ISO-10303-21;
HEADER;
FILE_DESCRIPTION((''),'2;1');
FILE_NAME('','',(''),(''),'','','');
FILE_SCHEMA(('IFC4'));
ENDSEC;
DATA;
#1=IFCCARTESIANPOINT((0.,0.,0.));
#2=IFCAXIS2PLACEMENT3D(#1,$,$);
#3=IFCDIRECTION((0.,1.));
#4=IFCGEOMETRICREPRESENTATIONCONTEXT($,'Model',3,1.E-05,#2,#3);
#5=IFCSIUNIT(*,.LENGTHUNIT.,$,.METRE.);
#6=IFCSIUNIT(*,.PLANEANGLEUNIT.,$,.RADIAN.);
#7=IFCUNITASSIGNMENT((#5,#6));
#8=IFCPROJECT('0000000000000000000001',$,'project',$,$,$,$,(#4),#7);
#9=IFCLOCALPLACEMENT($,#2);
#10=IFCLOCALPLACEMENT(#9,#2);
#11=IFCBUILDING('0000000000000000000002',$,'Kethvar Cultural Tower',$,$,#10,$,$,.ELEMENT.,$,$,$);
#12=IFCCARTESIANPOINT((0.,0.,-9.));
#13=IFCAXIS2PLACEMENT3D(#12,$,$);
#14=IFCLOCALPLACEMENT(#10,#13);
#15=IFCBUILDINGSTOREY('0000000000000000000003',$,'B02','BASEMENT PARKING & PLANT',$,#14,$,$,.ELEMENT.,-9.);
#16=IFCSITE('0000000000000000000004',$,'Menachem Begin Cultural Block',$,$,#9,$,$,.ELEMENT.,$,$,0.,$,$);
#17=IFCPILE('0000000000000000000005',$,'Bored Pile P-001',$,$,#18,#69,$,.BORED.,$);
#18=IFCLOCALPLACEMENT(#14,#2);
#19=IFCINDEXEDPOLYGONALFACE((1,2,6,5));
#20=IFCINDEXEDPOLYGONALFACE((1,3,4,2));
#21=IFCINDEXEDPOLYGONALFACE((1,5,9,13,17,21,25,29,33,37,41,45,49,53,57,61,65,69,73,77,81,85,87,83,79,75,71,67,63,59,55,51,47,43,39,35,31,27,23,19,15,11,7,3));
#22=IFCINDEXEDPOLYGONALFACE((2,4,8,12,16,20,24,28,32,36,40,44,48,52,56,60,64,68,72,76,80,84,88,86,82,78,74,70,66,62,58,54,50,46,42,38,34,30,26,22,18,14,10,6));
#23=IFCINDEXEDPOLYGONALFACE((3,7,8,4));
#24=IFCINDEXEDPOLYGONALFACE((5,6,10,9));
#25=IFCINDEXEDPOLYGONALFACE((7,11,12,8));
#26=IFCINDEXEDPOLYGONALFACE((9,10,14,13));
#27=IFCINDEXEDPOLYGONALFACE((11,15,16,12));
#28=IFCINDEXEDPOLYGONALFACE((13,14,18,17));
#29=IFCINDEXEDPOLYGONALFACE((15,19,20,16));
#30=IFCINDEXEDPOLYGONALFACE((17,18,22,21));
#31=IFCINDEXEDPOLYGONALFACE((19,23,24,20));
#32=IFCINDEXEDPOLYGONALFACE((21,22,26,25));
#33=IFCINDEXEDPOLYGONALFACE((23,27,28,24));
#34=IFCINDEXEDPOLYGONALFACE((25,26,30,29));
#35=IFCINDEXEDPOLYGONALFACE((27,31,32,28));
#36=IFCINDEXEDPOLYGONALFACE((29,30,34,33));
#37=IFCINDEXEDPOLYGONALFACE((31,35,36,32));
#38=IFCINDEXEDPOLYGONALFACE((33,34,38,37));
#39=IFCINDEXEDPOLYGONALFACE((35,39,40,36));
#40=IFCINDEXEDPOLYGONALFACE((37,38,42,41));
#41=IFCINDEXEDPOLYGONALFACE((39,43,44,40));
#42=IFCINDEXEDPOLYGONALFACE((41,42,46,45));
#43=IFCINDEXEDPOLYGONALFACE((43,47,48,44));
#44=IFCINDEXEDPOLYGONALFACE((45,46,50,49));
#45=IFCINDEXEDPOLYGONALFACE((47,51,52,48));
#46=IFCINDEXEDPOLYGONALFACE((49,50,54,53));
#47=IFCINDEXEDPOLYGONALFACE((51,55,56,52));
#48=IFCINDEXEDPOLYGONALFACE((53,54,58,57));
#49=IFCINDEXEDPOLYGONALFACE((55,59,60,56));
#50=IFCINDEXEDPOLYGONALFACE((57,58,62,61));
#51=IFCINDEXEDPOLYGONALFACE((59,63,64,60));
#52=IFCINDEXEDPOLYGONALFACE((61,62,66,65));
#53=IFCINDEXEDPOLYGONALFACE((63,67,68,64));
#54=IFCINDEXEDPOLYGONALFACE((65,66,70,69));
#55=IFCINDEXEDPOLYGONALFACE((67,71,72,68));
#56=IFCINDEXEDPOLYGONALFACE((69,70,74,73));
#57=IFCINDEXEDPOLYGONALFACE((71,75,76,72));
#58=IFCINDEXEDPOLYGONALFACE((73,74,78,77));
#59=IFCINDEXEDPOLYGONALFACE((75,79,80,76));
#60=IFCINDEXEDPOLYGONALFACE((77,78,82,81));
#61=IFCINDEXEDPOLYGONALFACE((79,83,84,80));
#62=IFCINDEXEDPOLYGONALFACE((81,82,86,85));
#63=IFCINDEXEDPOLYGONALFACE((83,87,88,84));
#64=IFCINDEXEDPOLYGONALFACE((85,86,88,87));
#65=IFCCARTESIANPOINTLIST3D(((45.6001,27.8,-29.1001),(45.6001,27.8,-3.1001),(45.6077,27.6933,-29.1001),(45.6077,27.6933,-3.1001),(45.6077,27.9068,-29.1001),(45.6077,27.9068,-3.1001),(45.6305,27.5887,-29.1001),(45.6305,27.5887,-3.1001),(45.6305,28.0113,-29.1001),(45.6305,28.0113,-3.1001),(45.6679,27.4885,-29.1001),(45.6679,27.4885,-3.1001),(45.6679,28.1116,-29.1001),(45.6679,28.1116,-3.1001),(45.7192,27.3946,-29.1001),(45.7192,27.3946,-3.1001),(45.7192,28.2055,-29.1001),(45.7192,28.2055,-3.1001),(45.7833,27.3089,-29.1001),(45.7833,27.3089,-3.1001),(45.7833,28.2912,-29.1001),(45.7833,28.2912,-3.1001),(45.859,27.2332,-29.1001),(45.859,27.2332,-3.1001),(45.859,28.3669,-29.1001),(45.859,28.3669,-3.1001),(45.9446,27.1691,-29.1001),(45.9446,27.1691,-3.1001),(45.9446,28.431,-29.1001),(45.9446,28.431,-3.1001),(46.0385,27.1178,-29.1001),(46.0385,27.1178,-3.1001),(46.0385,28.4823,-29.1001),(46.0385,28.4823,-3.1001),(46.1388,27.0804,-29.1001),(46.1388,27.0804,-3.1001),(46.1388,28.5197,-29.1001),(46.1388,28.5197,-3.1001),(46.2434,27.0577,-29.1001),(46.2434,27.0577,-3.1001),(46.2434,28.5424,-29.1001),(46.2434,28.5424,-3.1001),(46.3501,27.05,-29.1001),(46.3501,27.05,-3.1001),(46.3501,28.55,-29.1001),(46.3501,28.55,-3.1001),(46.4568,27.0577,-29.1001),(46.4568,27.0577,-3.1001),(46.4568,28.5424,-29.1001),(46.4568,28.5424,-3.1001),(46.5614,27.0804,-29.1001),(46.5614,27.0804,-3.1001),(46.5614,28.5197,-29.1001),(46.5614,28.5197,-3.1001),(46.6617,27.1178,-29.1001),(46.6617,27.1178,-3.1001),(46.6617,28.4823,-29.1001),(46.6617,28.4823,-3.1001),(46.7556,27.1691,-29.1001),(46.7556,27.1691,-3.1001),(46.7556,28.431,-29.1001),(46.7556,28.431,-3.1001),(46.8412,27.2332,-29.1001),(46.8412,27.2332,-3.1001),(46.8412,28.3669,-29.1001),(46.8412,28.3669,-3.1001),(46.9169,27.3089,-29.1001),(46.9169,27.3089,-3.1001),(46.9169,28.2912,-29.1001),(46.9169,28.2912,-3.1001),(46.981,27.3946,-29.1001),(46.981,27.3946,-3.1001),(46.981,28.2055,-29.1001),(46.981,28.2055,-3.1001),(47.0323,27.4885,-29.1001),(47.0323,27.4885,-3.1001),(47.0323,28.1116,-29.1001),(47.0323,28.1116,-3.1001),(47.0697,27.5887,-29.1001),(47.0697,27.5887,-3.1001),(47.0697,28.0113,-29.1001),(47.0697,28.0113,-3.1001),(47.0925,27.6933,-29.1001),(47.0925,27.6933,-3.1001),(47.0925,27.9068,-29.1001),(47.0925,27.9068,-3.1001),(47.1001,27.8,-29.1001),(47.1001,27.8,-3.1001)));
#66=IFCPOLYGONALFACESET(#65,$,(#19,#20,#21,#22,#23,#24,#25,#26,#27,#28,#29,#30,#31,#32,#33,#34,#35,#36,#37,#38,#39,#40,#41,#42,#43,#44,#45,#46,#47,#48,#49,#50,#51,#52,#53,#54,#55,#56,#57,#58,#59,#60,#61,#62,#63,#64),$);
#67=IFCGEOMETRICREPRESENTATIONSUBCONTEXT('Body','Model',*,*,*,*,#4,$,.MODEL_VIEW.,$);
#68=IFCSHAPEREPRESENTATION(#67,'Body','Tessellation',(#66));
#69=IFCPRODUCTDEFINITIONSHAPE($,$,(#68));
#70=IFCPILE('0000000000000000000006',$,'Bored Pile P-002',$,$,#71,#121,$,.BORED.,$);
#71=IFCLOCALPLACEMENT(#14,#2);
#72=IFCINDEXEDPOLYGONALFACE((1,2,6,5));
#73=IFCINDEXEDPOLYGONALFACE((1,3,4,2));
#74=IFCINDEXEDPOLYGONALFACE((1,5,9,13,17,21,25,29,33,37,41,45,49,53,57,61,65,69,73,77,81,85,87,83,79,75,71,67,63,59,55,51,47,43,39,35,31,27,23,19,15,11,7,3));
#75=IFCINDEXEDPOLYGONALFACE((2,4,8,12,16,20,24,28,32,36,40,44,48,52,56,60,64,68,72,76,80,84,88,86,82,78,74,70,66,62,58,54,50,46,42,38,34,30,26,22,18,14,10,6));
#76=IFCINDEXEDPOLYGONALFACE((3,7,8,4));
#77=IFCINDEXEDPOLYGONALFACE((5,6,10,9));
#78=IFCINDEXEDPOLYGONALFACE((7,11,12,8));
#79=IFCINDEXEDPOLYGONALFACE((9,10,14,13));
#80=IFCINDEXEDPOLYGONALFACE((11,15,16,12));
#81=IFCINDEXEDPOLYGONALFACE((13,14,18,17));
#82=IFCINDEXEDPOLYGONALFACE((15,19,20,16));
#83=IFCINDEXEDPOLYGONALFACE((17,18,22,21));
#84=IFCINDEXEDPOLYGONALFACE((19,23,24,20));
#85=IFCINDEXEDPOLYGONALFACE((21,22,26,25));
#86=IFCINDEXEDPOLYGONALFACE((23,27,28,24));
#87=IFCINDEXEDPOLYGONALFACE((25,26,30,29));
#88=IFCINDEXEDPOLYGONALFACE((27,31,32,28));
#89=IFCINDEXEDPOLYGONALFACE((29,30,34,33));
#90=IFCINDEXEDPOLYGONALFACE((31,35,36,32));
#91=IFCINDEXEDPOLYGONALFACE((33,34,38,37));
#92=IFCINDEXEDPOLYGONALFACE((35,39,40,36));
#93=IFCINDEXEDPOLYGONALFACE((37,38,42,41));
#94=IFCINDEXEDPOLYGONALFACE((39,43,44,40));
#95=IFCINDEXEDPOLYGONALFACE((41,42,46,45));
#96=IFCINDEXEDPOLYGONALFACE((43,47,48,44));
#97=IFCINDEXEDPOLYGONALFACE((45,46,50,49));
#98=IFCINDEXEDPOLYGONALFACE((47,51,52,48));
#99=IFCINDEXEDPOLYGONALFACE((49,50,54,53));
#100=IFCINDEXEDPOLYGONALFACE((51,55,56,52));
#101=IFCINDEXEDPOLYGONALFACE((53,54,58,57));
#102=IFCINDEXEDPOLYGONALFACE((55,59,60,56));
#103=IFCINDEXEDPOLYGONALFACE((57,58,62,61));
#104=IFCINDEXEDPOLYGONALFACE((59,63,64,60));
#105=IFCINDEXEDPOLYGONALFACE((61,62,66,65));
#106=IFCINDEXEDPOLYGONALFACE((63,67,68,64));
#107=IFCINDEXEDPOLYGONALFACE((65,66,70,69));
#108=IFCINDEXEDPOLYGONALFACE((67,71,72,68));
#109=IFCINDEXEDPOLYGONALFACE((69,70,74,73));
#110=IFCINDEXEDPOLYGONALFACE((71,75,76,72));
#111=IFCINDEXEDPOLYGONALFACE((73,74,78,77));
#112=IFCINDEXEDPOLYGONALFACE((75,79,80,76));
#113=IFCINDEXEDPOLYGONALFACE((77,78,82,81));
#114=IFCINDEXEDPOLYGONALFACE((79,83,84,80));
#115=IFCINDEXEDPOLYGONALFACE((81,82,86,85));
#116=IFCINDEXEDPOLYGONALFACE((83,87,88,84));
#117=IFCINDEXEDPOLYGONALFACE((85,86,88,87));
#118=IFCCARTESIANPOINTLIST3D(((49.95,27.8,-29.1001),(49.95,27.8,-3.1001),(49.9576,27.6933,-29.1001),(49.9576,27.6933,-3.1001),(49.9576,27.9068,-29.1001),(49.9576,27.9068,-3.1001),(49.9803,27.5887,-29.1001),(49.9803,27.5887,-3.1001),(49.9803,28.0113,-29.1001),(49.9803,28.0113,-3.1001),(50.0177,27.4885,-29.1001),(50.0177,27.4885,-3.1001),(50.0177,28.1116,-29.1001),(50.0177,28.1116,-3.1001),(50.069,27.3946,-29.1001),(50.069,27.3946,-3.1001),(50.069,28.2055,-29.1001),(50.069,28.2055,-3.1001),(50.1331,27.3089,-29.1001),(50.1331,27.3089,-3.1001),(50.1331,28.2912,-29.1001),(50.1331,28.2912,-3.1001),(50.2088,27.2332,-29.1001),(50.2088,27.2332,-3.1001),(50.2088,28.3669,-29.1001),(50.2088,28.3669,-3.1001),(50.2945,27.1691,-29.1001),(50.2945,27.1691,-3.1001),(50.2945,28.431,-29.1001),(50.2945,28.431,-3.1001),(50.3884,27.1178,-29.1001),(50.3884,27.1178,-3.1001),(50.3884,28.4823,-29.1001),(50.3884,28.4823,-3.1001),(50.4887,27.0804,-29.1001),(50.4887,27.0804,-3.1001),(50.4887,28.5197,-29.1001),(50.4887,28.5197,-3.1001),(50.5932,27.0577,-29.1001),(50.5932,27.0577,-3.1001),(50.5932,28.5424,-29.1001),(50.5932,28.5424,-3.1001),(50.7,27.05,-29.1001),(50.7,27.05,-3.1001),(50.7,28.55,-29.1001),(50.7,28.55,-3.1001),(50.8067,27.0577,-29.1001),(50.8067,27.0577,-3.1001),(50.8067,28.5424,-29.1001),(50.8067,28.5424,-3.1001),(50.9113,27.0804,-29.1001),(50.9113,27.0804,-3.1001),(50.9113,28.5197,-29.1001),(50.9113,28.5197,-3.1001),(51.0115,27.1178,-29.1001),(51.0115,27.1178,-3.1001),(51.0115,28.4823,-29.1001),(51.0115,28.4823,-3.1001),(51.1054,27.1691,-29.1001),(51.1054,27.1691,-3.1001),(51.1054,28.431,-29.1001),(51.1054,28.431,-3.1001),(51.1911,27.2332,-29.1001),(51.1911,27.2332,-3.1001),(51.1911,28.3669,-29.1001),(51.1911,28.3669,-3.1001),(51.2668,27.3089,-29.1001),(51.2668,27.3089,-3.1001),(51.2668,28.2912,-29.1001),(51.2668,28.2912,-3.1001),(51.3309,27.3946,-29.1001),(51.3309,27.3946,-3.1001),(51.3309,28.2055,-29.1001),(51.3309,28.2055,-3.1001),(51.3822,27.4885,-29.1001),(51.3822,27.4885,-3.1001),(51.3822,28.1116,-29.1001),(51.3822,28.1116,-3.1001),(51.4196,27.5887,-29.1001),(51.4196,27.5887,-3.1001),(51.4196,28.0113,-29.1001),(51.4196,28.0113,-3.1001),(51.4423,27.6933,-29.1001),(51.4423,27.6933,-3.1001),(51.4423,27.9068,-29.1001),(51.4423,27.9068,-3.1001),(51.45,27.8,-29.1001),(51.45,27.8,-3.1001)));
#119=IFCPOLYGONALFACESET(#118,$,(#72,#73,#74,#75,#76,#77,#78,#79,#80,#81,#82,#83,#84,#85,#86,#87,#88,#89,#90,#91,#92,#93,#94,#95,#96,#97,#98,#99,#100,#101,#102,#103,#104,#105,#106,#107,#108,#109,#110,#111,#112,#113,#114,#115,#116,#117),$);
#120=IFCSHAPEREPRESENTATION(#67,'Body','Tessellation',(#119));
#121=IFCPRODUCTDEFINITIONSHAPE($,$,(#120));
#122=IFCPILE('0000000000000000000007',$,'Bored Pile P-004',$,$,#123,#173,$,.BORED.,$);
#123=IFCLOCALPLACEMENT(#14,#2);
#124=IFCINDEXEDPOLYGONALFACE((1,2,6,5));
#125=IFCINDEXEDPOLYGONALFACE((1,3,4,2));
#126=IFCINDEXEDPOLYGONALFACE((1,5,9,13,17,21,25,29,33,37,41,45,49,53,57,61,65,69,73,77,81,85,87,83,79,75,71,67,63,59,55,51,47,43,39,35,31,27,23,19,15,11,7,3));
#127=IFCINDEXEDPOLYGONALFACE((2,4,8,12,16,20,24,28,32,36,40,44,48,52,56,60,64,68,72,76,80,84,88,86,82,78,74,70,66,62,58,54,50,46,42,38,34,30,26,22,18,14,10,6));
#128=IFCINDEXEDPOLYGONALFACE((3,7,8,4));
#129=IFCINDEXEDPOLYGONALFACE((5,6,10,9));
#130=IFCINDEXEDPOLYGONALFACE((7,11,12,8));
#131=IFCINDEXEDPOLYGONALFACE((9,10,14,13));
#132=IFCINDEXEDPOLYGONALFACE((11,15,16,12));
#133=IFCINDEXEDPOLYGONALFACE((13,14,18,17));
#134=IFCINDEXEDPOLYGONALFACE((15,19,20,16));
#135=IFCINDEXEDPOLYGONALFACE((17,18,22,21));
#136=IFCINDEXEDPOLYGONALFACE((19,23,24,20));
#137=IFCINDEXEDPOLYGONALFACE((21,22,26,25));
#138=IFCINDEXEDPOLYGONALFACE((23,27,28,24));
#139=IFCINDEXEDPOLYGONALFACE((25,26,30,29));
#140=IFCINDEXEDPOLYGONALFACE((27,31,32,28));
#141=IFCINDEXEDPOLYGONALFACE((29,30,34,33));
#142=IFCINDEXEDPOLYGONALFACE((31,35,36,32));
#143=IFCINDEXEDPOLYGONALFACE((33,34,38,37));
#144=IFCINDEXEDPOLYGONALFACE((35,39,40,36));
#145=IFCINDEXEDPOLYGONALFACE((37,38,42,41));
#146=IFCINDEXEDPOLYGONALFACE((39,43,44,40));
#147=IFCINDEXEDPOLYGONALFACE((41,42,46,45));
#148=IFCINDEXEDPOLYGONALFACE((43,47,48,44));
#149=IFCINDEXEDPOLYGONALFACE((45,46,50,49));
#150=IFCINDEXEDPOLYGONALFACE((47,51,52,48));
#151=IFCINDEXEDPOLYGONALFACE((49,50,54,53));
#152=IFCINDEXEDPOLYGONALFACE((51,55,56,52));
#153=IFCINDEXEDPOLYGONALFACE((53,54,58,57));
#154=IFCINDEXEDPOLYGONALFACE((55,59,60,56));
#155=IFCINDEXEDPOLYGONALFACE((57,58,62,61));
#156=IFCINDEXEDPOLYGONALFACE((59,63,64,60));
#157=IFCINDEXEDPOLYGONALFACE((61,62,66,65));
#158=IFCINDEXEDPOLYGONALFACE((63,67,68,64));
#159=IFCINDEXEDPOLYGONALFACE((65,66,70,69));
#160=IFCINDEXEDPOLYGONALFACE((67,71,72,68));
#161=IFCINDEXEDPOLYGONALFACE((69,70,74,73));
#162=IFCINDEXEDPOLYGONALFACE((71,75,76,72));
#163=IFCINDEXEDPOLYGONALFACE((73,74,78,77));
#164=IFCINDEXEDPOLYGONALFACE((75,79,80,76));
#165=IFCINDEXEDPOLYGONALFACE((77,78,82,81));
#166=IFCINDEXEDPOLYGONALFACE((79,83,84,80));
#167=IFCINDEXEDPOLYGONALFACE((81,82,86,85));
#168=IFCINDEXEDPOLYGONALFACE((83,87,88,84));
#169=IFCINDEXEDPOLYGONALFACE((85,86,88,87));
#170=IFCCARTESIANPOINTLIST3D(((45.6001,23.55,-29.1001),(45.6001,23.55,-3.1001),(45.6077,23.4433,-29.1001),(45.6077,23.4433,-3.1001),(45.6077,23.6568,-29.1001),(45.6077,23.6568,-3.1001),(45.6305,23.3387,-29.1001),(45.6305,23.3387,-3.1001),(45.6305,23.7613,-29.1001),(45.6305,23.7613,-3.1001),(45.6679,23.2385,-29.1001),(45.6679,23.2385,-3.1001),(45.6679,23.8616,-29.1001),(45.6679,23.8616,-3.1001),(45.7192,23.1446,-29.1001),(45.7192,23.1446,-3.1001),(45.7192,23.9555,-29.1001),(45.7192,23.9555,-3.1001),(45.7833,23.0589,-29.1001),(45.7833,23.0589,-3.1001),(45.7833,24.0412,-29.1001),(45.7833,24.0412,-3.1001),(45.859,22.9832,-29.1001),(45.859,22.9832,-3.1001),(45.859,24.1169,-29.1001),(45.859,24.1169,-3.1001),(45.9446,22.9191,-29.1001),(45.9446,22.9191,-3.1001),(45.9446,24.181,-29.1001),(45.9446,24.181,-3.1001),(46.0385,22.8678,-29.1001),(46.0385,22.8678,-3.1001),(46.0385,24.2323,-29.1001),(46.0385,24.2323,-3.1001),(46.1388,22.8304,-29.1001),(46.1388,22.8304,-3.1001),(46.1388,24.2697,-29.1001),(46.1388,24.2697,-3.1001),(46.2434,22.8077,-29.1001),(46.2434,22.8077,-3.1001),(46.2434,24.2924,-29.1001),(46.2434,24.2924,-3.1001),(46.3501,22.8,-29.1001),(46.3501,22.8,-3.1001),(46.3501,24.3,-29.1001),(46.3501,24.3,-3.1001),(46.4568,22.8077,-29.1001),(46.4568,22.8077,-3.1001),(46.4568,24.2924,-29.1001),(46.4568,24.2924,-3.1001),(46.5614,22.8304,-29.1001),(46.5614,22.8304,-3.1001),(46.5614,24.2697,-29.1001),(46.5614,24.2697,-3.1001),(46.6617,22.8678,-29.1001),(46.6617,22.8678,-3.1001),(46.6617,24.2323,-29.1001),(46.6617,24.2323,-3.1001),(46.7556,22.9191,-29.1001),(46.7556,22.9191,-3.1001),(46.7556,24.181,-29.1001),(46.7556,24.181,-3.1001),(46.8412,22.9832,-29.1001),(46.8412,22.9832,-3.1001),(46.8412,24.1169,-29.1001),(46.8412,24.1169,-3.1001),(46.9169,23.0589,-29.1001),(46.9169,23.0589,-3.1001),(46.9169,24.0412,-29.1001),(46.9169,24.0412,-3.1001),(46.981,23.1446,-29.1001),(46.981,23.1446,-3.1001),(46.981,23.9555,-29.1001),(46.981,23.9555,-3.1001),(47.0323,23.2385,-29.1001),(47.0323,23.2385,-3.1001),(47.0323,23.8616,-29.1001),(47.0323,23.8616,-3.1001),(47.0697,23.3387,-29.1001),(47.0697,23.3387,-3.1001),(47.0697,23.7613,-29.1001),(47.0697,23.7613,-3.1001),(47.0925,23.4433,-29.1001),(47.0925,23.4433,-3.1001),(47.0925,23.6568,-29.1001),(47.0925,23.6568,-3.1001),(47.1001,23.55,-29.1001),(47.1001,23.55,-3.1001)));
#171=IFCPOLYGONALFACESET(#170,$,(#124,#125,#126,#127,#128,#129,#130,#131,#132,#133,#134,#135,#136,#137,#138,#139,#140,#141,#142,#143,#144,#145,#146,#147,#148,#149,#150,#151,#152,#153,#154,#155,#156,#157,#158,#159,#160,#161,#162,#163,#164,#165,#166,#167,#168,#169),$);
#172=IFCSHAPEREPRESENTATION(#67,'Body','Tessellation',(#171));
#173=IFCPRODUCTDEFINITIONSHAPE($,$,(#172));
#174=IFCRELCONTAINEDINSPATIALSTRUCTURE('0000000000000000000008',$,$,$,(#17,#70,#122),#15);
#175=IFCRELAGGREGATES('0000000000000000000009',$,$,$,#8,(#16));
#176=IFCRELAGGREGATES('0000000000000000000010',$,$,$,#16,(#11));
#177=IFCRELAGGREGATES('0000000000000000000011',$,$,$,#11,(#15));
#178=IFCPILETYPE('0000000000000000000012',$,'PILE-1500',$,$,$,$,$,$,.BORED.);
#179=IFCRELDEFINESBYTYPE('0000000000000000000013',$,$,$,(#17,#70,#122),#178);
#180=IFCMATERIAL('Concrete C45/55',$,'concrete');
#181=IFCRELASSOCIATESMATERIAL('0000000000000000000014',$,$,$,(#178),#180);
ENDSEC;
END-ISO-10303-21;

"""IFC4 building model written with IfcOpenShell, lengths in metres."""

from ifc_helpers import new_model, si_unit, direction, frame, origin, origin_2d, place, context, subcontext, project, spatial, circle, extrude, source, transform, mapped, material, material_profile, profile_set, type_object, element, save


model = new_model("IFC4")

# Units and contexts
model_context = context("Model", 3, precision=1e-05, world=origin(), true_north=direction((0.0, 1.0)))
body_context = subcontext(model_context, "Body", "Model", "MODEL_VIEW")
ifc_project = project(units=[si_unit("LENGTHUNIT", "METRE"), si_unit("PLANEANGLEUNIT", "RADIAN")], contexts=[model_context])

# Site, building, storey
site_placement = place(None, origin())
site = spatial("IfcSite", under=ifc_project, at=site_placement, Name="Menachem Begin Cultural Block", CompositionType="ELEMENT", RefElevation=0.0)
building_placement = place(site_placement, origin())
building = spatial("IfcBuilding", under=site, at=building_placement, Name="Kethvar Cultural Tower", CompositionType="ELEMENT")
storey_placement = place(building_placement, frame((0.0, 0.0, -9.0)))
storey = spatial("IfcBuildingStorey", under=building, at=storey_placement, Name="B02", Description="BASEMENT PARKING & PLANT", CompositionType="ELEMENT", Elevation=-9.0)

# Piles
ifc_material_1 = material(Name="Concrete C45/55", Category="concrete")
ifc_material_profile = material_profile(ifc_material_1, circle(Radius=0.75, at=origin_2d()), Name="Concrete C45/55 — PILE1500")
ifc_profile_set = profile_set([ifc_material_profile], Name="Concrete C45/55 — PILE1500")
pile_type = type_object("IfcPileType", Name="PILE-1500", PredefinedType="BORED", material=ifc_profile_set)
shared_shape_1 = source(origin(), body_context, "Body", "SweptSolid", [
    extrude(circle(Radius=0.75, at=origin_2d()), origin(), (0.0, 0.0, 1.0), 26.0),
])
for number, where, z_axis, x_axis, name in (
    (1, (46.3501, 27.8, -3.1001), (0.0, 0.0, -1.0), (1.0, 0.0, 0.0), "Bored Pile P-001"),
    (2, (50.7, 27.8, -3.1001), (0.0, 0.0, -1.0), (1.0, 0.0, 0.0), "Bored Pile P-002"),
    (3, (46.3501, 23.55, -3.1001), (0.0, 0.0, -1.0), (1.0, 0.0, 0.0), "Bored Pile P-004"),
):
    element("IfcPile", number, at=place(storey_placement, frame(where, z_axis=z_axis, x_axis=x_axis)), inside=storey, type_object=pile_type, Name=name, PredefinedType="BORED", context=body_context, shape_type="MappedRepresentation", body=[
        mapped(shared_shape_1, transform((0.0, 0.0, 0.0), scale=1.0)),
    ])

save(model, "model.ifc")
